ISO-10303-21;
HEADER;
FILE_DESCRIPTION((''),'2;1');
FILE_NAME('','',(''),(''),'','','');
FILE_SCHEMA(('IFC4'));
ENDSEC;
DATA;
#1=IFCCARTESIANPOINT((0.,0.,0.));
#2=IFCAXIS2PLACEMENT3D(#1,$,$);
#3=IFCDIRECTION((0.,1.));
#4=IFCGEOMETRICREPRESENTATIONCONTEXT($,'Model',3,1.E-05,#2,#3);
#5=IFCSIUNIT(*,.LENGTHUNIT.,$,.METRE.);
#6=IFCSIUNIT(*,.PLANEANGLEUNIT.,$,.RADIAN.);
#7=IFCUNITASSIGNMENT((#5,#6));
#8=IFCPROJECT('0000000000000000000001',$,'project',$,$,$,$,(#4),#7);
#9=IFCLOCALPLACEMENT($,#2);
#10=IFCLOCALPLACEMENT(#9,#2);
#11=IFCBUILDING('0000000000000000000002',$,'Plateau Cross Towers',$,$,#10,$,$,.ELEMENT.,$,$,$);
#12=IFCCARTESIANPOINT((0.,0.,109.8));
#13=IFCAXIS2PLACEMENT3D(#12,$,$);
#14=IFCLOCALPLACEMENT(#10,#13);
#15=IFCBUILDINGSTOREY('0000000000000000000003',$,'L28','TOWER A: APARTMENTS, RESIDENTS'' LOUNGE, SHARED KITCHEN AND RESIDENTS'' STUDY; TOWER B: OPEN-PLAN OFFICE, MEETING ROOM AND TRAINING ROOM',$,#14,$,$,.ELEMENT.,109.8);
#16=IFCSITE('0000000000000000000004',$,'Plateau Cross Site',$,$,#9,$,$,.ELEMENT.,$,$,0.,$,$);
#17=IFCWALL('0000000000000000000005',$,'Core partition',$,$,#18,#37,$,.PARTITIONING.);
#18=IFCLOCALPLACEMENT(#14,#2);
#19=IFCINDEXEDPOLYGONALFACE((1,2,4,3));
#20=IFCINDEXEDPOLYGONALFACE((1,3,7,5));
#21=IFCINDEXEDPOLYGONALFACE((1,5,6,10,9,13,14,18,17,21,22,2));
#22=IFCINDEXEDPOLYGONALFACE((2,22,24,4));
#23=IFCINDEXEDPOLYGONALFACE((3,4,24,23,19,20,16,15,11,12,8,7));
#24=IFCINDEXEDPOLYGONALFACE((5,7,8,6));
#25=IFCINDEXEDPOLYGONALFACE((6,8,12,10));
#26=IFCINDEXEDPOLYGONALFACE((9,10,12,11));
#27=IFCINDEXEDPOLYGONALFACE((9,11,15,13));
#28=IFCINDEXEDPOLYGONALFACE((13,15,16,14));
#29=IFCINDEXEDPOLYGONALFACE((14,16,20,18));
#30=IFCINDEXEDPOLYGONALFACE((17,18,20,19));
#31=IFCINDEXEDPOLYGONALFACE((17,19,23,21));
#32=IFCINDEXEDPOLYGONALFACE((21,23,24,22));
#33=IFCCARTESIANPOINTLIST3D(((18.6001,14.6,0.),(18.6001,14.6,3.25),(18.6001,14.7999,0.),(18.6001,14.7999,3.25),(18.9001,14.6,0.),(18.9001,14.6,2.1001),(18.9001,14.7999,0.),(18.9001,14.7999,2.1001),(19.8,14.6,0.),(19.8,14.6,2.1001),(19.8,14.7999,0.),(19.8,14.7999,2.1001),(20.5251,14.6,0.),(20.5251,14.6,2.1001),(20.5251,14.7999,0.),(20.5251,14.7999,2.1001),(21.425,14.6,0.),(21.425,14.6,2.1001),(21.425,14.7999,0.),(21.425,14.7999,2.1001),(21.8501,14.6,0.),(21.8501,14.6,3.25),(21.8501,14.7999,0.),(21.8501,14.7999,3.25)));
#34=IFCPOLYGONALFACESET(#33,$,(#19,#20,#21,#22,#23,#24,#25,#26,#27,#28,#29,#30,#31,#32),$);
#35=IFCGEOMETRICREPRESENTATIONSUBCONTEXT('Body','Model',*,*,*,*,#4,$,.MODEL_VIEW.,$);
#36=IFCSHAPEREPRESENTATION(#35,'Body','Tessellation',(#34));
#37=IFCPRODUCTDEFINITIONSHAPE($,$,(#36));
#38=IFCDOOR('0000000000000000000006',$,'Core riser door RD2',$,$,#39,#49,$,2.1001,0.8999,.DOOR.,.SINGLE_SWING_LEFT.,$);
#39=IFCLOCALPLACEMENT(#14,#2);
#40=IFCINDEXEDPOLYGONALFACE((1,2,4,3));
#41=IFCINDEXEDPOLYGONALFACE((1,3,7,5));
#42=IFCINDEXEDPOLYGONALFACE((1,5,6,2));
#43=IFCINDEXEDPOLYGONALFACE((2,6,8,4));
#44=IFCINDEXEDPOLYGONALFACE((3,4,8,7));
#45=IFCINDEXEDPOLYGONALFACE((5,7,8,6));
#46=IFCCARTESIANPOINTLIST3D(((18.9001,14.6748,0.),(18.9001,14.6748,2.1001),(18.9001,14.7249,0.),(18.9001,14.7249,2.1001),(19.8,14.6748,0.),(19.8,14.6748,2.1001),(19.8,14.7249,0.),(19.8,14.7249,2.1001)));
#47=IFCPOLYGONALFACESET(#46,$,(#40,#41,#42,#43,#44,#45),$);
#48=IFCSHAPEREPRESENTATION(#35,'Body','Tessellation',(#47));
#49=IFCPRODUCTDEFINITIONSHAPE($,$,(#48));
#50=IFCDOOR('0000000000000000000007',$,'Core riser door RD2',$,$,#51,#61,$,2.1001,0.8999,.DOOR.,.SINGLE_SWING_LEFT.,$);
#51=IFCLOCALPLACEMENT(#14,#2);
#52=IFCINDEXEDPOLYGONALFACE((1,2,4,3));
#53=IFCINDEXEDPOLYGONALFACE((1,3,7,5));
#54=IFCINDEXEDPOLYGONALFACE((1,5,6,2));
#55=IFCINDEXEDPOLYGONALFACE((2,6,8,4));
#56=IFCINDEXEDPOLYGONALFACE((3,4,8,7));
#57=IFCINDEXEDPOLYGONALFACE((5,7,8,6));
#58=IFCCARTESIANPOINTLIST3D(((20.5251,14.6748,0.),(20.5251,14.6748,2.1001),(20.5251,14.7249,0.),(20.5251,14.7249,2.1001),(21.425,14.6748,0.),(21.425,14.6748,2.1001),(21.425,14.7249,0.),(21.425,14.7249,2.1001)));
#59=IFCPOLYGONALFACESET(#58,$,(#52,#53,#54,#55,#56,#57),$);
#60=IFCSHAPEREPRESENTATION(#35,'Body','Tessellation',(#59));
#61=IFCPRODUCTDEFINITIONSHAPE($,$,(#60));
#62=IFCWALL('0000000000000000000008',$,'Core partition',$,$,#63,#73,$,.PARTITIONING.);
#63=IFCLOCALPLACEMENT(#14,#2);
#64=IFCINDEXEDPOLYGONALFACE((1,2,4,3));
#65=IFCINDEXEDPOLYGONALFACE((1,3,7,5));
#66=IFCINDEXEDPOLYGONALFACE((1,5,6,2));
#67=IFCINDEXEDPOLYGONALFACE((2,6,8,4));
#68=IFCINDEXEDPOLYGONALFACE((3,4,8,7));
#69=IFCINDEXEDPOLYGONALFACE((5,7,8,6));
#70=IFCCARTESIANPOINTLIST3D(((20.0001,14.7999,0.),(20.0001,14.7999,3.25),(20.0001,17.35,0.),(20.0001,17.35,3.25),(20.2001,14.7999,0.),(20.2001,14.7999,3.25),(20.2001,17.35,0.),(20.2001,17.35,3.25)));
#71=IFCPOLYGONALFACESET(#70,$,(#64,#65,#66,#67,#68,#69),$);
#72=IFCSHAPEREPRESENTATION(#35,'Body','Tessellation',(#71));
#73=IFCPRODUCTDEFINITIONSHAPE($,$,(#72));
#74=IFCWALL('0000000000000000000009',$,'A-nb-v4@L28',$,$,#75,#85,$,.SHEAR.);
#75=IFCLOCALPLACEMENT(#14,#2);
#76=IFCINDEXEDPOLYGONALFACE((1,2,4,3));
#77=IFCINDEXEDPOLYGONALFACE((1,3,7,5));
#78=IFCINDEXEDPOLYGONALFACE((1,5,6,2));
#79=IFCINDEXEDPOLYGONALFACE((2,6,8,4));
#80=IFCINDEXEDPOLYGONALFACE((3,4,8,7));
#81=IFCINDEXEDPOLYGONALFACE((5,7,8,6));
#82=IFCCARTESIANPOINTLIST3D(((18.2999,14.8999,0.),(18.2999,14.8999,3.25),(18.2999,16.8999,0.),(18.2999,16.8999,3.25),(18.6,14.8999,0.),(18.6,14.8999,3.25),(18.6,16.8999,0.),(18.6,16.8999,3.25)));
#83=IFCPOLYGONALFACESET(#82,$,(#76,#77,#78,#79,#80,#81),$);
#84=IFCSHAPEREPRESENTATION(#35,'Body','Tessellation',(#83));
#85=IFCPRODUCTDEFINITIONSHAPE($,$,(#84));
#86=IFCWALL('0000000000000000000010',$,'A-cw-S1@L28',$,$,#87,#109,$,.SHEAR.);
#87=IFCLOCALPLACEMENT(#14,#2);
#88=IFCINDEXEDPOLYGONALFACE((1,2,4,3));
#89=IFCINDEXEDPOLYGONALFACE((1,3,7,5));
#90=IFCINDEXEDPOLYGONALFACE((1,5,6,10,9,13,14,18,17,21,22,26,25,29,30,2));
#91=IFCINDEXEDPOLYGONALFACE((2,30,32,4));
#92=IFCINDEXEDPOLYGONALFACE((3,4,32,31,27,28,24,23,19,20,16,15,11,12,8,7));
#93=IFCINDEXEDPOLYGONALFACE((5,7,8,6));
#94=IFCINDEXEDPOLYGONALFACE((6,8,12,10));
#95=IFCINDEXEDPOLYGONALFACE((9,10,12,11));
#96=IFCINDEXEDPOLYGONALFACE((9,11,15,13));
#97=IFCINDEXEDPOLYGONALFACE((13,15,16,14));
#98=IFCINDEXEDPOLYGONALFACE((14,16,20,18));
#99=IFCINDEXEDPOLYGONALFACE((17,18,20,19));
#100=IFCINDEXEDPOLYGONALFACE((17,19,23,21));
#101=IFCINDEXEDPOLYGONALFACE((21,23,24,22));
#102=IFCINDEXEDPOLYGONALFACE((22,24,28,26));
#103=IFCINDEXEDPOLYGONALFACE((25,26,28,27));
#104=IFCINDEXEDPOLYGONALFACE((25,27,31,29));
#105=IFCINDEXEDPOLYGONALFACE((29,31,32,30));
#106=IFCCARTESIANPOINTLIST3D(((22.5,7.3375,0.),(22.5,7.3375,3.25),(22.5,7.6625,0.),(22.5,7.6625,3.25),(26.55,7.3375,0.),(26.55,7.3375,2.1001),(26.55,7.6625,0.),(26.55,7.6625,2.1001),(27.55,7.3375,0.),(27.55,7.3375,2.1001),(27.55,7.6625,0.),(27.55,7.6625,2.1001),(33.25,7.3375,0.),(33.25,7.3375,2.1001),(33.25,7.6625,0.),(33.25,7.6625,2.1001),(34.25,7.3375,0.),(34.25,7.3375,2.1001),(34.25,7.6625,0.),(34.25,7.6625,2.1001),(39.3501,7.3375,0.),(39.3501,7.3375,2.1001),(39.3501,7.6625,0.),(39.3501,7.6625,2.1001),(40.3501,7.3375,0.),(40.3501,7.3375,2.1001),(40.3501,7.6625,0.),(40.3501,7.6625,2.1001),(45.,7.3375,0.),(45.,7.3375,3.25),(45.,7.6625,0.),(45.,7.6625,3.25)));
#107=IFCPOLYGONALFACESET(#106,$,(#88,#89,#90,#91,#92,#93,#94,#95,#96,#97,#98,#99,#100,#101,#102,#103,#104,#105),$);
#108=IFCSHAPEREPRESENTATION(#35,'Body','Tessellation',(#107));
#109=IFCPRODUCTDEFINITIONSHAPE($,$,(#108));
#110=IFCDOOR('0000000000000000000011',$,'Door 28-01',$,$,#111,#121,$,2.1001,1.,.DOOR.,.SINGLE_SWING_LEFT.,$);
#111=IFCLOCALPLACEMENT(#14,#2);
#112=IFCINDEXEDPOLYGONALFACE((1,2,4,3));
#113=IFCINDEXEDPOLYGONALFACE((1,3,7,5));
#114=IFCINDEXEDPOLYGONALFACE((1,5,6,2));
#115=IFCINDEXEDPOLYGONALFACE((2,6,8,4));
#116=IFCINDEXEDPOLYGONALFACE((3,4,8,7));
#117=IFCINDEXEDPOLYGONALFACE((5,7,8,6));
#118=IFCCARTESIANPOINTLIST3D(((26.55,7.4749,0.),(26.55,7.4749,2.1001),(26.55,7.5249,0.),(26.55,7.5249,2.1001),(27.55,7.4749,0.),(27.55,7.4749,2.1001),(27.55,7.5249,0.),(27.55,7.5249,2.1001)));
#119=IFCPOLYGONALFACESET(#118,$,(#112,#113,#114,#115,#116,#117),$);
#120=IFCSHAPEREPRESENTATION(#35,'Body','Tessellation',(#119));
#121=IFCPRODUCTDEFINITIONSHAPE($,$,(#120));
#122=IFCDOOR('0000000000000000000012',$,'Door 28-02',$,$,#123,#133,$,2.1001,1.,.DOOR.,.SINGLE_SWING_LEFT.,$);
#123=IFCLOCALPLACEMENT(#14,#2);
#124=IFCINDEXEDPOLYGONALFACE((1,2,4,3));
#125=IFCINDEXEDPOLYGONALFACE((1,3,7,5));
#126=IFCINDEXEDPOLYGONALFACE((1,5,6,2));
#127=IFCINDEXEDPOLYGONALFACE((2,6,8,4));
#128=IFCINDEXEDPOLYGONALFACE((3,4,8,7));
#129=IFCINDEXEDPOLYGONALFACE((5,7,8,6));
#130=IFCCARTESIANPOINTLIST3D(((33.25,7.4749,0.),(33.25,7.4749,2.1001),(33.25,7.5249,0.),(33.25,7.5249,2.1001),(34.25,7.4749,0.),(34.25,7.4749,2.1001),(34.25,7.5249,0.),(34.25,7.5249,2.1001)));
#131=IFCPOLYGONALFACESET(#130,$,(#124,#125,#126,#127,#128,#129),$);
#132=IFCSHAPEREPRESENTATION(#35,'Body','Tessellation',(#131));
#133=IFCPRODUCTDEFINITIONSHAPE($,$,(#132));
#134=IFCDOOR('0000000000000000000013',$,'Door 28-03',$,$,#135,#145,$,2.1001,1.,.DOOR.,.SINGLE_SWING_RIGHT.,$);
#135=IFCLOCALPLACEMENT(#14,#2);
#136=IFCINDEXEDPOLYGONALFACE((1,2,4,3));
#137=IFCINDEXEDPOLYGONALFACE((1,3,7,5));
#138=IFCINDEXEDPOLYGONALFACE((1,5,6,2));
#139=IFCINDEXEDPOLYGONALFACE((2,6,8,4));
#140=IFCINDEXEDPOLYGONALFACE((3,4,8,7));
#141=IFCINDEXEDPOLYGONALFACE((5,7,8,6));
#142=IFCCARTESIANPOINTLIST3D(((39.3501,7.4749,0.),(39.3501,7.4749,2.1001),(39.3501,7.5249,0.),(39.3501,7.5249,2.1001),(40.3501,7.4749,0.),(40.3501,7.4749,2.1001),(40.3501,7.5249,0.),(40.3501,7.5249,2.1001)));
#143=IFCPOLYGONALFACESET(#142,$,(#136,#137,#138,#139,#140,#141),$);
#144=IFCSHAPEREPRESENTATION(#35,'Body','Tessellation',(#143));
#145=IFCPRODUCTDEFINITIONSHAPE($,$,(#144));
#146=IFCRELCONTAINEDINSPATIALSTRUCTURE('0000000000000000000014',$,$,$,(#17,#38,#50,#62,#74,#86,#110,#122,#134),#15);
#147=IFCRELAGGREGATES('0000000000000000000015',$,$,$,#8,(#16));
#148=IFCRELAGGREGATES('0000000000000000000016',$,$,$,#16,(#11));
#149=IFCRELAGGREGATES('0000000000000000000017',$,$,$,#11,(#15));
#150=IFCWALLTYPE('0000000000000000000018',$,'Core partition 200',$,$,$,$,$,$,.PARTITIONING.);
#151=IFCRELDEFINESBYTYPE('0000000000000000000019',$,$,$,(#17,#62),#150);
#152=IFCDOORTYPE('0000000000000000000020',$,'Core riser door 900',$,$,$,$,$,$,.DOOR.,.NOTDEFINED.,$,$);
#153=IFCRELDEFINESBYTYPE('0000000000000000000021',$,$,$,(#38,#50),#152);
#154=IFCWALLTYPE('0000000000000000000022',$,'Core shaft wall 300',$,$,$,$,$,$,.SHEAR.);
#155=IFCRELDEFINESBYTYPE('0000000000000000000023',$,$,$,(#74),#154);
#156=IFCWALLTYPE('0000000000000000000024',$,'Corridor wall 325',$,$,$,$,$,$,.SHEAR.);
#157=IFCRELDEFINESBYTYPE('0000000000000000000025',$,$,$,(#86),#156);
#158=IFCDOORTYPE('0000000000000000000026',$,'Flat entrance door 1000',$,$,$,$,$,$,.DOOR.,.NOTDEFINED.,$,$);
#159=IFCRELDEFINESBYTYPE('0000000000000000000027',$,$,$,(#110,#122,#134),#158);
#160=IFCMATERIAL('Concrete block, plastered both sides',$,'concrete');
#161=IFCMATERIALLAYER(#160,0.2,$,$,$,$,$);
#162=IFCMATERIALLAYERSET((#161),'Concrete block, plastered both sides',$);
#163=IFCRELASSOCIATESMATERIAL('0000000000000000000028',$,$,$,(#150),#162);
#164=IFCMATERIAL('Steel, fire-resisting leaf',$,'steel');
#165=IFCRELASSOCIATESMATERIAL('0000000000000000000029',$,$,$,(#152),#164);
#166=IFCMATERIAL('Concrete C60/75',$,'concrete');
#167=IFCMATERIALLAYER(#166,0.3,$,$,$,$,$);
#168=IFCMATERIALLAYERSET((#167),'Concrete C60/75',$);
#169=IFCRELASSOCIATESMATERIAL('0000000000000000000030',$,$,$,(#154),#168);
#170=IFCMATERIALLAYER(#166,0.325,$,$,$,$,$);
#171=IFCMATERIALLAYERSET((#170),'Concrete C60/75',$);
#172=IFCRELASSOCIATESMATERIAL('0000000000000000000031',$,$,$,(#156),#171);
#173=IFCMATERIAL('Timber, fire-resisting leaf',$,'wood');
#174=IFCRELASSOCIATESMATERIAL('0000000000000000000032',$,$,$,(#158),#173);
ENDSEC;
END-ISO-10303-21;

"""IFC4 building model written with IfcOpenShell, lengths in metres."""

from ifc_helpers import new_model, si_unit, direction, frame, frame_2d, origin, place, context, subcontext, project, spatial, rectangle, extrude, material, layer, layer_set, type_object, element, fill, save


model = new_model("IFC4")

# Units and contexts
model_context = context("Model", 3, precision=1e-05, world=origin(), true_north=direction((0.0, 1.0)))
body_context = subcontext(model_context, "Body", "Model", "MODEL_VIEW")
ifc_project = project(units=[si_unit("LENGTHUNIT", "METRE"), si_unit("PLANEANGLEUNIT", "RADIAN")], contexts=[model_context])

# Site, building, storey
site_placement = place(None, origin())
site = spatial("IfcSite", under=ifc_project, at=site_placement, Name="Plateau Cross Site", CompositionType="ELEMENT", RefElevation=0.0)
building_placement = place(site_placement, origin())
building = spatial("IfcBuilding", under=site, at=building_placement, Name="Plateau Cross Towers", CompositionType="ELEMENT")
storey_placement = place(building_placement, frame((0.0, 0.0, 109.8)))
storey = spatial("IfcBuildingStorey", under=building, at=storey_placement, Name="L28", Description="TOWER A: APARTMENTS, RESIDENTS' LOUNGE, SHARED KITCHEN AND RESIDENTS' STUDY; TOWER B: OPEN-PLAN OFFICE, MEETING ROOM AND TRAINING ROOM", CompositionType="ELEMENT", Elevation=109.8)

# Shared definitions
ifc_material_1 = material(Name="Concrete block, plastered both sides", Category="concrete")
ifc_layer_1 = layer(ifc_material_1, 0.2)
ifc_layer_set_1 = layer_set([ifc_layer_1], Name="Concrete block, plastered both sides")
wall_type_1 = type_object("IfcWallType", Name="Core partition 200", PredefinedType="PARTITIONING", material=ifc_layer_set_1)
ifc_material_2 = material(Name="Timber, fire-resisting leaf", Category="wood")

# Wall, openings, doors
wall_1_placement = place(storey_placement, frame((18.6001, 14.7, 0.0), z_axis=(0.0, 0.0, 1.0), x_axis=(1.0, 0.0, 0.0)))
wall_1 = element("IfcWall", 1, at=wall_1_placement, inside=storey, type_object=wall_type_1, Name="Core partition", PredefinedType="PARTITIONING", context=body_context, shape_type="SweptSolid", body=[
    extrude(rectangle(XDim=3.25, YDim=0.2, at=frame_2d((1.625, 0.0))), origin(), (0.0, 0.0, 1.0), 3.25),
])
opening_1_placement = place(wall_1_placement, frame((0.3, 0.0, 0.0)))
opening_1 = element("IfcOpeningElement", 2, at=opening_1_placement, cuts=wall_1, PredefinedType="OPENING", context=body_context, shape_type="SweptSolid", body=[
    extrude(rectangle(XDim=0.8999, YDim=2.1001, at=frame_2d((0.45, 1.05))), frame((0.0, 0.1099, 0.0), z_axis=(0.0, -1.0, 0.0), x_axis=(1.0, 0.0, 0.0)), (0.0, 0.0, 1.0), 0.22),
])
opening_2_placement = place(wall_1_placement, frame((1.925, 0.0, 0.0)))
opening_2 = element("IfcOpeningElement", 3, at=opening_2_placement, cuts=wall_1, PredefinedType="OPENING", context=body_context, shape_type="SweptSolid", body=[
    extrude(rectangle(XDim=0.8999, YDim=2.1001, at=frame_2d((0.45, 1.05))), frame((0.0, 0.1099, 0.0), z_axis=(0.0, -1.0, 0.0), x_axis=(1.0, 0.0, 0.0)), (0.0, 0.0, 1.0), 0.22),
])
ifc_material_3 = material(Name="Steel, fire-resisting leaf", Category="steel")
door_type_1 = type_object("IfcDoorType", Name="Core riser door 900", OperationType="NOTDEFINED", PredefinedType="DOOR", material=ifc_material_3)
door_1_placement = place(opening_1_placement, origin())
door_1 = element("IfcDoor", 4, at=door_1_placement, inside=storey, type_object=door_type_1, Name="Core riser door RD2", OperationType="SINGLE_SWING_LEFT", OverallHeight=2.1001, OverallWidth=0.8999, PredefinedType="DOOR", context=body_context, shape_type="SweptSolid", body=[
    extrude(rectangle(XDim=0.8999, YDim=2.1001, at=frame_2d((0.45, 1.05))), frame((0.0, 0.0249, 0.0), z_axis=(0.0, -1.0, 0.0), x_axis=(1.0, 0.0, 0.0)), (0.0, 0.0, 1.0), 0.05),
])
fill(opening_1, door_1)
door_2_placement = place(opening_2_placement, origin())
door_2 = element("IfcDoor", 5, at=door_2_placement, inside=storey, type_object=door_type_1, Name="Core riser door RD2", OperationType="SINGLE_SWING_LEFT", OverallHeight=2.1001, OverallWidth=0.8999, PredefinedType="DOOR", context=body_context, shape_type="SweptSolid", body=[
    extrude(rectangle(XDim=0.8999, YDim=2.1001, at=frame_2d((0.45, 1.05))), frame((0.0, 0.0249, 0.0), z_axis=(0.0, -1.0, 0.0), x_axis=(1.0, 0.0, 0.0)), (0.0, 0.0, 1.0), 0.05),
])
fill(opening_2, door_2)

# Walls
wall_2_placement = place(storey_placement, frame((20.1001, 14.8, 0.0), z_axis=(0.0, 0.0, 1.0), x_axis=(0.0, 1.0, 0.0)))
element("IfcWall", 6, at=wall_2_placement, inside=storey, type_object=wall_type_1, Name="Core partition", PredefinedType="PARTITIONING", context=body_context, shape_type="SweptSolid", body=[
    extrude(rectangle(XDim=2.55, YDim=0.2, at=frame_2d((1.2749, 0.0))), origin(), (0.0, 0.0, 1.0), 3.25),
])
ifc_material_4 = material(Name="Concrete C60/75", Category="concrete")
ifc_layer_2 = layer(ifc_material_4, 0.3)
ifc_layer_set_2 = layer_set([ifc_layer_2], Name="Concrete C60/75")
wall_type_2 = type_object("IfcWallType", Name="Core shaft wall 300", PredefinedType="SHEAR", material=ifc_layer_set_2)
wall_3_placement = place(storey_placement, frame((18.45, 14.8999, 0.0), z_axis=(0.0, 0.0, 1.0), x_axis=(0.0, 1.0, 0.0)))
element("IfcWall", 7, at=wall_3_placement, inside=storey, type_object=wall_type_2, Name="A-nb-v4@L28", PredefinedType="SHEAR", context=body_context, shape_type="SweptSolid", body=[
    extrude(rectangle(XDim=2.0, YDim=0.3, at=frame_2d((1.0, 0.0))), origin(), (0.0, 0.0, 1.0), 3.25),
])

# Wall, openings, doors
ifc_layer_3 = layer(ifc_material_4, 0.325)
ifc_layer_set_3 = layer_set([ifc_layer_3], Name="Concrete C60/75")
wall_type_3 = type_object("IfcWallType", Name="Corridor wall 325", PredefinedType="SHEAR", material=ifc_layer_set_3)
wall_4_placement = place(storey_placement, frame((22.5, 7.5, 0.0), z_axis=(0.0, 0.0, 1.0), x_axis=(1.0, 0.0, 0.0)))
wall_4 = element("IfcWall", 8, at=wall_4_placement, inside=storey, type_object=wall_type_3, Name="A-cw-S1@L28", PredefinedType="SHEAR", context=body_context, shape_type="SweptSolid", body=[
    extrude(rectangle(XDim=22.5, YDim=0.325, at=frame_2d((11.25, 0.0))), origin(), (0.0, 0.0, 1.0), 3.25),
])
opening_3_placement = place(wall_4_placement, frame((4.05, 0.0, 0.0)))
opening_3 = element("IfcOpeningElement", 9, at=opening_3_placement, cuts=wall_4, PredefinedType="OPENING", context=body_context, shape_type="SweptSolid", body=[
    extrude(rectangle(XDim=1.0, YDim=2.1001, at=frame_2d((0.5, 1.05))), frame((0.0, 0.1724, 0.0), z_axis=(0.0, -1.0, 0.0), x_axis=(1.0, 0.0, 0.0)), (0.0, 0.0, 1.0), 0.345),
])
opening_4_placement = place(wall_4_placement, frame((10.75, 0.0, 0.0)))
opening_4 = element("IfcOpeningElement", 10, at=opening_4_placement, cuts=wall_4, PredefinedType="OPENING", context=body_context, shape_type="SweptSolid", body=[
    extrude(rectangle(XDim=1.0, YDim=2.1001, at=frame_2d((0.5, 1.05))), frame((0.0, 0.1724, 0.0), z_axis=(0.0, -1.0, 0.0), x_axis=(1.0, 0.0, 0.0)), (0.0, 0.0, 1.0), 0.345),
])
opening_5_placement = place(wall_4_placement, frame((16.8501, 0.0, 0.0)))
opening_5 = element("IfcOpeningElement", 11, at=opening_5_placement, cuts=wall_4, PredefinedType="OPENING", context=body_context, shape_type="SweptSolid", body=[
    extrude(rectangle(XDim=1.0, YDim=2.1001, at=frame_2d((0.5, 1.05))), frame((0.0, 0.1724, 0.0), z_axis=(0.0, -1.0, 0.0), x_axis=(1.0, 0.0, 0.0)), (0.0, 0.0, 1.0), 0.345),
])
door_type_2 = type_object("IfcDoorType", Name="Flat entrance door 1000", OperationType="NOTDEFINED", PredefinedType="DOOR", material=ifc_material_2)
door_3_placement = place(opening_3_placement, origin())
door_3 = element("IfcDoor", 12, at=door_3_placement, inside=storey, type_object=door_type_2, Name="Door 28-01", OperationType="SINGLE_SWING_LEFT", OverallHeight=2.1001, OverallWidth=1.0, PredefinedType="DOOR", context=body_context, shape_type="SweptSolid", body=[
    extrude(rectangle(XDim=1.0, YDim=2.1001, at=frame_2d((0.5, 1.05))), frame((0.0, 0.0249, 0.0), z_axis=(0.0, -1.0, 0.0), x_axis=(1.0, 0.0, 0.0)), (0.0, 0.0, 1.0), 0.05),
])
fill(opening_3, door_3)
door_4_placement = place(opening_4_placement, origin())
door_4 = element("IfcDoor", 13, at=door_4_placement, inside=storey, type_object=door_type_2, Name="Door 28-02", OperationType="SINGLE_SWING_LEFT", OverallHeight=2.1001, OverallWidth=1.0, PredefinedType="DOOR", context=body_context, shape_type="SweptSolid", body=[
    extrude(rectangle(XDim=1.0, YDim=2.1001, at=frame_2d((0.5, 1.05))), frame((0.0, 0.0249, 0.0), z_axis=(0.0, -1.0, 0.0), x_axis=(1.0, 0.0, 0.0)), (0.0, 0.0, 1.0), 0.05),
])
fill(opening_4, door_4)
door_5_placement = place(opening_5_placement, origin())
door_5 = element("IfcDoor", 14, at=door_5_placement, inside=storey, type_object=door_type_2, Name="Door 28-03", OperationType="SINGLE_SWING_RIGHT", OverallHeight=2.1001, OverallWidth=1.0, PredefinedType="DOOR", context=body_context, shape_type="SweptSolid", body=[
    extrude(rectangle(XDim=1.0, YDim=2.1001, at=frame_2d((0.5, 1.05))), frame((0.0, 0.0249, 0.0), z_axis=(0.0, -1.0, 0.0), x_axis=(1.0, 0.0, 0.0)), (0.0, 0.0, 1.0), 0.05),
])
fill(opening_5, door_5)

save(model, "model.ifc")
